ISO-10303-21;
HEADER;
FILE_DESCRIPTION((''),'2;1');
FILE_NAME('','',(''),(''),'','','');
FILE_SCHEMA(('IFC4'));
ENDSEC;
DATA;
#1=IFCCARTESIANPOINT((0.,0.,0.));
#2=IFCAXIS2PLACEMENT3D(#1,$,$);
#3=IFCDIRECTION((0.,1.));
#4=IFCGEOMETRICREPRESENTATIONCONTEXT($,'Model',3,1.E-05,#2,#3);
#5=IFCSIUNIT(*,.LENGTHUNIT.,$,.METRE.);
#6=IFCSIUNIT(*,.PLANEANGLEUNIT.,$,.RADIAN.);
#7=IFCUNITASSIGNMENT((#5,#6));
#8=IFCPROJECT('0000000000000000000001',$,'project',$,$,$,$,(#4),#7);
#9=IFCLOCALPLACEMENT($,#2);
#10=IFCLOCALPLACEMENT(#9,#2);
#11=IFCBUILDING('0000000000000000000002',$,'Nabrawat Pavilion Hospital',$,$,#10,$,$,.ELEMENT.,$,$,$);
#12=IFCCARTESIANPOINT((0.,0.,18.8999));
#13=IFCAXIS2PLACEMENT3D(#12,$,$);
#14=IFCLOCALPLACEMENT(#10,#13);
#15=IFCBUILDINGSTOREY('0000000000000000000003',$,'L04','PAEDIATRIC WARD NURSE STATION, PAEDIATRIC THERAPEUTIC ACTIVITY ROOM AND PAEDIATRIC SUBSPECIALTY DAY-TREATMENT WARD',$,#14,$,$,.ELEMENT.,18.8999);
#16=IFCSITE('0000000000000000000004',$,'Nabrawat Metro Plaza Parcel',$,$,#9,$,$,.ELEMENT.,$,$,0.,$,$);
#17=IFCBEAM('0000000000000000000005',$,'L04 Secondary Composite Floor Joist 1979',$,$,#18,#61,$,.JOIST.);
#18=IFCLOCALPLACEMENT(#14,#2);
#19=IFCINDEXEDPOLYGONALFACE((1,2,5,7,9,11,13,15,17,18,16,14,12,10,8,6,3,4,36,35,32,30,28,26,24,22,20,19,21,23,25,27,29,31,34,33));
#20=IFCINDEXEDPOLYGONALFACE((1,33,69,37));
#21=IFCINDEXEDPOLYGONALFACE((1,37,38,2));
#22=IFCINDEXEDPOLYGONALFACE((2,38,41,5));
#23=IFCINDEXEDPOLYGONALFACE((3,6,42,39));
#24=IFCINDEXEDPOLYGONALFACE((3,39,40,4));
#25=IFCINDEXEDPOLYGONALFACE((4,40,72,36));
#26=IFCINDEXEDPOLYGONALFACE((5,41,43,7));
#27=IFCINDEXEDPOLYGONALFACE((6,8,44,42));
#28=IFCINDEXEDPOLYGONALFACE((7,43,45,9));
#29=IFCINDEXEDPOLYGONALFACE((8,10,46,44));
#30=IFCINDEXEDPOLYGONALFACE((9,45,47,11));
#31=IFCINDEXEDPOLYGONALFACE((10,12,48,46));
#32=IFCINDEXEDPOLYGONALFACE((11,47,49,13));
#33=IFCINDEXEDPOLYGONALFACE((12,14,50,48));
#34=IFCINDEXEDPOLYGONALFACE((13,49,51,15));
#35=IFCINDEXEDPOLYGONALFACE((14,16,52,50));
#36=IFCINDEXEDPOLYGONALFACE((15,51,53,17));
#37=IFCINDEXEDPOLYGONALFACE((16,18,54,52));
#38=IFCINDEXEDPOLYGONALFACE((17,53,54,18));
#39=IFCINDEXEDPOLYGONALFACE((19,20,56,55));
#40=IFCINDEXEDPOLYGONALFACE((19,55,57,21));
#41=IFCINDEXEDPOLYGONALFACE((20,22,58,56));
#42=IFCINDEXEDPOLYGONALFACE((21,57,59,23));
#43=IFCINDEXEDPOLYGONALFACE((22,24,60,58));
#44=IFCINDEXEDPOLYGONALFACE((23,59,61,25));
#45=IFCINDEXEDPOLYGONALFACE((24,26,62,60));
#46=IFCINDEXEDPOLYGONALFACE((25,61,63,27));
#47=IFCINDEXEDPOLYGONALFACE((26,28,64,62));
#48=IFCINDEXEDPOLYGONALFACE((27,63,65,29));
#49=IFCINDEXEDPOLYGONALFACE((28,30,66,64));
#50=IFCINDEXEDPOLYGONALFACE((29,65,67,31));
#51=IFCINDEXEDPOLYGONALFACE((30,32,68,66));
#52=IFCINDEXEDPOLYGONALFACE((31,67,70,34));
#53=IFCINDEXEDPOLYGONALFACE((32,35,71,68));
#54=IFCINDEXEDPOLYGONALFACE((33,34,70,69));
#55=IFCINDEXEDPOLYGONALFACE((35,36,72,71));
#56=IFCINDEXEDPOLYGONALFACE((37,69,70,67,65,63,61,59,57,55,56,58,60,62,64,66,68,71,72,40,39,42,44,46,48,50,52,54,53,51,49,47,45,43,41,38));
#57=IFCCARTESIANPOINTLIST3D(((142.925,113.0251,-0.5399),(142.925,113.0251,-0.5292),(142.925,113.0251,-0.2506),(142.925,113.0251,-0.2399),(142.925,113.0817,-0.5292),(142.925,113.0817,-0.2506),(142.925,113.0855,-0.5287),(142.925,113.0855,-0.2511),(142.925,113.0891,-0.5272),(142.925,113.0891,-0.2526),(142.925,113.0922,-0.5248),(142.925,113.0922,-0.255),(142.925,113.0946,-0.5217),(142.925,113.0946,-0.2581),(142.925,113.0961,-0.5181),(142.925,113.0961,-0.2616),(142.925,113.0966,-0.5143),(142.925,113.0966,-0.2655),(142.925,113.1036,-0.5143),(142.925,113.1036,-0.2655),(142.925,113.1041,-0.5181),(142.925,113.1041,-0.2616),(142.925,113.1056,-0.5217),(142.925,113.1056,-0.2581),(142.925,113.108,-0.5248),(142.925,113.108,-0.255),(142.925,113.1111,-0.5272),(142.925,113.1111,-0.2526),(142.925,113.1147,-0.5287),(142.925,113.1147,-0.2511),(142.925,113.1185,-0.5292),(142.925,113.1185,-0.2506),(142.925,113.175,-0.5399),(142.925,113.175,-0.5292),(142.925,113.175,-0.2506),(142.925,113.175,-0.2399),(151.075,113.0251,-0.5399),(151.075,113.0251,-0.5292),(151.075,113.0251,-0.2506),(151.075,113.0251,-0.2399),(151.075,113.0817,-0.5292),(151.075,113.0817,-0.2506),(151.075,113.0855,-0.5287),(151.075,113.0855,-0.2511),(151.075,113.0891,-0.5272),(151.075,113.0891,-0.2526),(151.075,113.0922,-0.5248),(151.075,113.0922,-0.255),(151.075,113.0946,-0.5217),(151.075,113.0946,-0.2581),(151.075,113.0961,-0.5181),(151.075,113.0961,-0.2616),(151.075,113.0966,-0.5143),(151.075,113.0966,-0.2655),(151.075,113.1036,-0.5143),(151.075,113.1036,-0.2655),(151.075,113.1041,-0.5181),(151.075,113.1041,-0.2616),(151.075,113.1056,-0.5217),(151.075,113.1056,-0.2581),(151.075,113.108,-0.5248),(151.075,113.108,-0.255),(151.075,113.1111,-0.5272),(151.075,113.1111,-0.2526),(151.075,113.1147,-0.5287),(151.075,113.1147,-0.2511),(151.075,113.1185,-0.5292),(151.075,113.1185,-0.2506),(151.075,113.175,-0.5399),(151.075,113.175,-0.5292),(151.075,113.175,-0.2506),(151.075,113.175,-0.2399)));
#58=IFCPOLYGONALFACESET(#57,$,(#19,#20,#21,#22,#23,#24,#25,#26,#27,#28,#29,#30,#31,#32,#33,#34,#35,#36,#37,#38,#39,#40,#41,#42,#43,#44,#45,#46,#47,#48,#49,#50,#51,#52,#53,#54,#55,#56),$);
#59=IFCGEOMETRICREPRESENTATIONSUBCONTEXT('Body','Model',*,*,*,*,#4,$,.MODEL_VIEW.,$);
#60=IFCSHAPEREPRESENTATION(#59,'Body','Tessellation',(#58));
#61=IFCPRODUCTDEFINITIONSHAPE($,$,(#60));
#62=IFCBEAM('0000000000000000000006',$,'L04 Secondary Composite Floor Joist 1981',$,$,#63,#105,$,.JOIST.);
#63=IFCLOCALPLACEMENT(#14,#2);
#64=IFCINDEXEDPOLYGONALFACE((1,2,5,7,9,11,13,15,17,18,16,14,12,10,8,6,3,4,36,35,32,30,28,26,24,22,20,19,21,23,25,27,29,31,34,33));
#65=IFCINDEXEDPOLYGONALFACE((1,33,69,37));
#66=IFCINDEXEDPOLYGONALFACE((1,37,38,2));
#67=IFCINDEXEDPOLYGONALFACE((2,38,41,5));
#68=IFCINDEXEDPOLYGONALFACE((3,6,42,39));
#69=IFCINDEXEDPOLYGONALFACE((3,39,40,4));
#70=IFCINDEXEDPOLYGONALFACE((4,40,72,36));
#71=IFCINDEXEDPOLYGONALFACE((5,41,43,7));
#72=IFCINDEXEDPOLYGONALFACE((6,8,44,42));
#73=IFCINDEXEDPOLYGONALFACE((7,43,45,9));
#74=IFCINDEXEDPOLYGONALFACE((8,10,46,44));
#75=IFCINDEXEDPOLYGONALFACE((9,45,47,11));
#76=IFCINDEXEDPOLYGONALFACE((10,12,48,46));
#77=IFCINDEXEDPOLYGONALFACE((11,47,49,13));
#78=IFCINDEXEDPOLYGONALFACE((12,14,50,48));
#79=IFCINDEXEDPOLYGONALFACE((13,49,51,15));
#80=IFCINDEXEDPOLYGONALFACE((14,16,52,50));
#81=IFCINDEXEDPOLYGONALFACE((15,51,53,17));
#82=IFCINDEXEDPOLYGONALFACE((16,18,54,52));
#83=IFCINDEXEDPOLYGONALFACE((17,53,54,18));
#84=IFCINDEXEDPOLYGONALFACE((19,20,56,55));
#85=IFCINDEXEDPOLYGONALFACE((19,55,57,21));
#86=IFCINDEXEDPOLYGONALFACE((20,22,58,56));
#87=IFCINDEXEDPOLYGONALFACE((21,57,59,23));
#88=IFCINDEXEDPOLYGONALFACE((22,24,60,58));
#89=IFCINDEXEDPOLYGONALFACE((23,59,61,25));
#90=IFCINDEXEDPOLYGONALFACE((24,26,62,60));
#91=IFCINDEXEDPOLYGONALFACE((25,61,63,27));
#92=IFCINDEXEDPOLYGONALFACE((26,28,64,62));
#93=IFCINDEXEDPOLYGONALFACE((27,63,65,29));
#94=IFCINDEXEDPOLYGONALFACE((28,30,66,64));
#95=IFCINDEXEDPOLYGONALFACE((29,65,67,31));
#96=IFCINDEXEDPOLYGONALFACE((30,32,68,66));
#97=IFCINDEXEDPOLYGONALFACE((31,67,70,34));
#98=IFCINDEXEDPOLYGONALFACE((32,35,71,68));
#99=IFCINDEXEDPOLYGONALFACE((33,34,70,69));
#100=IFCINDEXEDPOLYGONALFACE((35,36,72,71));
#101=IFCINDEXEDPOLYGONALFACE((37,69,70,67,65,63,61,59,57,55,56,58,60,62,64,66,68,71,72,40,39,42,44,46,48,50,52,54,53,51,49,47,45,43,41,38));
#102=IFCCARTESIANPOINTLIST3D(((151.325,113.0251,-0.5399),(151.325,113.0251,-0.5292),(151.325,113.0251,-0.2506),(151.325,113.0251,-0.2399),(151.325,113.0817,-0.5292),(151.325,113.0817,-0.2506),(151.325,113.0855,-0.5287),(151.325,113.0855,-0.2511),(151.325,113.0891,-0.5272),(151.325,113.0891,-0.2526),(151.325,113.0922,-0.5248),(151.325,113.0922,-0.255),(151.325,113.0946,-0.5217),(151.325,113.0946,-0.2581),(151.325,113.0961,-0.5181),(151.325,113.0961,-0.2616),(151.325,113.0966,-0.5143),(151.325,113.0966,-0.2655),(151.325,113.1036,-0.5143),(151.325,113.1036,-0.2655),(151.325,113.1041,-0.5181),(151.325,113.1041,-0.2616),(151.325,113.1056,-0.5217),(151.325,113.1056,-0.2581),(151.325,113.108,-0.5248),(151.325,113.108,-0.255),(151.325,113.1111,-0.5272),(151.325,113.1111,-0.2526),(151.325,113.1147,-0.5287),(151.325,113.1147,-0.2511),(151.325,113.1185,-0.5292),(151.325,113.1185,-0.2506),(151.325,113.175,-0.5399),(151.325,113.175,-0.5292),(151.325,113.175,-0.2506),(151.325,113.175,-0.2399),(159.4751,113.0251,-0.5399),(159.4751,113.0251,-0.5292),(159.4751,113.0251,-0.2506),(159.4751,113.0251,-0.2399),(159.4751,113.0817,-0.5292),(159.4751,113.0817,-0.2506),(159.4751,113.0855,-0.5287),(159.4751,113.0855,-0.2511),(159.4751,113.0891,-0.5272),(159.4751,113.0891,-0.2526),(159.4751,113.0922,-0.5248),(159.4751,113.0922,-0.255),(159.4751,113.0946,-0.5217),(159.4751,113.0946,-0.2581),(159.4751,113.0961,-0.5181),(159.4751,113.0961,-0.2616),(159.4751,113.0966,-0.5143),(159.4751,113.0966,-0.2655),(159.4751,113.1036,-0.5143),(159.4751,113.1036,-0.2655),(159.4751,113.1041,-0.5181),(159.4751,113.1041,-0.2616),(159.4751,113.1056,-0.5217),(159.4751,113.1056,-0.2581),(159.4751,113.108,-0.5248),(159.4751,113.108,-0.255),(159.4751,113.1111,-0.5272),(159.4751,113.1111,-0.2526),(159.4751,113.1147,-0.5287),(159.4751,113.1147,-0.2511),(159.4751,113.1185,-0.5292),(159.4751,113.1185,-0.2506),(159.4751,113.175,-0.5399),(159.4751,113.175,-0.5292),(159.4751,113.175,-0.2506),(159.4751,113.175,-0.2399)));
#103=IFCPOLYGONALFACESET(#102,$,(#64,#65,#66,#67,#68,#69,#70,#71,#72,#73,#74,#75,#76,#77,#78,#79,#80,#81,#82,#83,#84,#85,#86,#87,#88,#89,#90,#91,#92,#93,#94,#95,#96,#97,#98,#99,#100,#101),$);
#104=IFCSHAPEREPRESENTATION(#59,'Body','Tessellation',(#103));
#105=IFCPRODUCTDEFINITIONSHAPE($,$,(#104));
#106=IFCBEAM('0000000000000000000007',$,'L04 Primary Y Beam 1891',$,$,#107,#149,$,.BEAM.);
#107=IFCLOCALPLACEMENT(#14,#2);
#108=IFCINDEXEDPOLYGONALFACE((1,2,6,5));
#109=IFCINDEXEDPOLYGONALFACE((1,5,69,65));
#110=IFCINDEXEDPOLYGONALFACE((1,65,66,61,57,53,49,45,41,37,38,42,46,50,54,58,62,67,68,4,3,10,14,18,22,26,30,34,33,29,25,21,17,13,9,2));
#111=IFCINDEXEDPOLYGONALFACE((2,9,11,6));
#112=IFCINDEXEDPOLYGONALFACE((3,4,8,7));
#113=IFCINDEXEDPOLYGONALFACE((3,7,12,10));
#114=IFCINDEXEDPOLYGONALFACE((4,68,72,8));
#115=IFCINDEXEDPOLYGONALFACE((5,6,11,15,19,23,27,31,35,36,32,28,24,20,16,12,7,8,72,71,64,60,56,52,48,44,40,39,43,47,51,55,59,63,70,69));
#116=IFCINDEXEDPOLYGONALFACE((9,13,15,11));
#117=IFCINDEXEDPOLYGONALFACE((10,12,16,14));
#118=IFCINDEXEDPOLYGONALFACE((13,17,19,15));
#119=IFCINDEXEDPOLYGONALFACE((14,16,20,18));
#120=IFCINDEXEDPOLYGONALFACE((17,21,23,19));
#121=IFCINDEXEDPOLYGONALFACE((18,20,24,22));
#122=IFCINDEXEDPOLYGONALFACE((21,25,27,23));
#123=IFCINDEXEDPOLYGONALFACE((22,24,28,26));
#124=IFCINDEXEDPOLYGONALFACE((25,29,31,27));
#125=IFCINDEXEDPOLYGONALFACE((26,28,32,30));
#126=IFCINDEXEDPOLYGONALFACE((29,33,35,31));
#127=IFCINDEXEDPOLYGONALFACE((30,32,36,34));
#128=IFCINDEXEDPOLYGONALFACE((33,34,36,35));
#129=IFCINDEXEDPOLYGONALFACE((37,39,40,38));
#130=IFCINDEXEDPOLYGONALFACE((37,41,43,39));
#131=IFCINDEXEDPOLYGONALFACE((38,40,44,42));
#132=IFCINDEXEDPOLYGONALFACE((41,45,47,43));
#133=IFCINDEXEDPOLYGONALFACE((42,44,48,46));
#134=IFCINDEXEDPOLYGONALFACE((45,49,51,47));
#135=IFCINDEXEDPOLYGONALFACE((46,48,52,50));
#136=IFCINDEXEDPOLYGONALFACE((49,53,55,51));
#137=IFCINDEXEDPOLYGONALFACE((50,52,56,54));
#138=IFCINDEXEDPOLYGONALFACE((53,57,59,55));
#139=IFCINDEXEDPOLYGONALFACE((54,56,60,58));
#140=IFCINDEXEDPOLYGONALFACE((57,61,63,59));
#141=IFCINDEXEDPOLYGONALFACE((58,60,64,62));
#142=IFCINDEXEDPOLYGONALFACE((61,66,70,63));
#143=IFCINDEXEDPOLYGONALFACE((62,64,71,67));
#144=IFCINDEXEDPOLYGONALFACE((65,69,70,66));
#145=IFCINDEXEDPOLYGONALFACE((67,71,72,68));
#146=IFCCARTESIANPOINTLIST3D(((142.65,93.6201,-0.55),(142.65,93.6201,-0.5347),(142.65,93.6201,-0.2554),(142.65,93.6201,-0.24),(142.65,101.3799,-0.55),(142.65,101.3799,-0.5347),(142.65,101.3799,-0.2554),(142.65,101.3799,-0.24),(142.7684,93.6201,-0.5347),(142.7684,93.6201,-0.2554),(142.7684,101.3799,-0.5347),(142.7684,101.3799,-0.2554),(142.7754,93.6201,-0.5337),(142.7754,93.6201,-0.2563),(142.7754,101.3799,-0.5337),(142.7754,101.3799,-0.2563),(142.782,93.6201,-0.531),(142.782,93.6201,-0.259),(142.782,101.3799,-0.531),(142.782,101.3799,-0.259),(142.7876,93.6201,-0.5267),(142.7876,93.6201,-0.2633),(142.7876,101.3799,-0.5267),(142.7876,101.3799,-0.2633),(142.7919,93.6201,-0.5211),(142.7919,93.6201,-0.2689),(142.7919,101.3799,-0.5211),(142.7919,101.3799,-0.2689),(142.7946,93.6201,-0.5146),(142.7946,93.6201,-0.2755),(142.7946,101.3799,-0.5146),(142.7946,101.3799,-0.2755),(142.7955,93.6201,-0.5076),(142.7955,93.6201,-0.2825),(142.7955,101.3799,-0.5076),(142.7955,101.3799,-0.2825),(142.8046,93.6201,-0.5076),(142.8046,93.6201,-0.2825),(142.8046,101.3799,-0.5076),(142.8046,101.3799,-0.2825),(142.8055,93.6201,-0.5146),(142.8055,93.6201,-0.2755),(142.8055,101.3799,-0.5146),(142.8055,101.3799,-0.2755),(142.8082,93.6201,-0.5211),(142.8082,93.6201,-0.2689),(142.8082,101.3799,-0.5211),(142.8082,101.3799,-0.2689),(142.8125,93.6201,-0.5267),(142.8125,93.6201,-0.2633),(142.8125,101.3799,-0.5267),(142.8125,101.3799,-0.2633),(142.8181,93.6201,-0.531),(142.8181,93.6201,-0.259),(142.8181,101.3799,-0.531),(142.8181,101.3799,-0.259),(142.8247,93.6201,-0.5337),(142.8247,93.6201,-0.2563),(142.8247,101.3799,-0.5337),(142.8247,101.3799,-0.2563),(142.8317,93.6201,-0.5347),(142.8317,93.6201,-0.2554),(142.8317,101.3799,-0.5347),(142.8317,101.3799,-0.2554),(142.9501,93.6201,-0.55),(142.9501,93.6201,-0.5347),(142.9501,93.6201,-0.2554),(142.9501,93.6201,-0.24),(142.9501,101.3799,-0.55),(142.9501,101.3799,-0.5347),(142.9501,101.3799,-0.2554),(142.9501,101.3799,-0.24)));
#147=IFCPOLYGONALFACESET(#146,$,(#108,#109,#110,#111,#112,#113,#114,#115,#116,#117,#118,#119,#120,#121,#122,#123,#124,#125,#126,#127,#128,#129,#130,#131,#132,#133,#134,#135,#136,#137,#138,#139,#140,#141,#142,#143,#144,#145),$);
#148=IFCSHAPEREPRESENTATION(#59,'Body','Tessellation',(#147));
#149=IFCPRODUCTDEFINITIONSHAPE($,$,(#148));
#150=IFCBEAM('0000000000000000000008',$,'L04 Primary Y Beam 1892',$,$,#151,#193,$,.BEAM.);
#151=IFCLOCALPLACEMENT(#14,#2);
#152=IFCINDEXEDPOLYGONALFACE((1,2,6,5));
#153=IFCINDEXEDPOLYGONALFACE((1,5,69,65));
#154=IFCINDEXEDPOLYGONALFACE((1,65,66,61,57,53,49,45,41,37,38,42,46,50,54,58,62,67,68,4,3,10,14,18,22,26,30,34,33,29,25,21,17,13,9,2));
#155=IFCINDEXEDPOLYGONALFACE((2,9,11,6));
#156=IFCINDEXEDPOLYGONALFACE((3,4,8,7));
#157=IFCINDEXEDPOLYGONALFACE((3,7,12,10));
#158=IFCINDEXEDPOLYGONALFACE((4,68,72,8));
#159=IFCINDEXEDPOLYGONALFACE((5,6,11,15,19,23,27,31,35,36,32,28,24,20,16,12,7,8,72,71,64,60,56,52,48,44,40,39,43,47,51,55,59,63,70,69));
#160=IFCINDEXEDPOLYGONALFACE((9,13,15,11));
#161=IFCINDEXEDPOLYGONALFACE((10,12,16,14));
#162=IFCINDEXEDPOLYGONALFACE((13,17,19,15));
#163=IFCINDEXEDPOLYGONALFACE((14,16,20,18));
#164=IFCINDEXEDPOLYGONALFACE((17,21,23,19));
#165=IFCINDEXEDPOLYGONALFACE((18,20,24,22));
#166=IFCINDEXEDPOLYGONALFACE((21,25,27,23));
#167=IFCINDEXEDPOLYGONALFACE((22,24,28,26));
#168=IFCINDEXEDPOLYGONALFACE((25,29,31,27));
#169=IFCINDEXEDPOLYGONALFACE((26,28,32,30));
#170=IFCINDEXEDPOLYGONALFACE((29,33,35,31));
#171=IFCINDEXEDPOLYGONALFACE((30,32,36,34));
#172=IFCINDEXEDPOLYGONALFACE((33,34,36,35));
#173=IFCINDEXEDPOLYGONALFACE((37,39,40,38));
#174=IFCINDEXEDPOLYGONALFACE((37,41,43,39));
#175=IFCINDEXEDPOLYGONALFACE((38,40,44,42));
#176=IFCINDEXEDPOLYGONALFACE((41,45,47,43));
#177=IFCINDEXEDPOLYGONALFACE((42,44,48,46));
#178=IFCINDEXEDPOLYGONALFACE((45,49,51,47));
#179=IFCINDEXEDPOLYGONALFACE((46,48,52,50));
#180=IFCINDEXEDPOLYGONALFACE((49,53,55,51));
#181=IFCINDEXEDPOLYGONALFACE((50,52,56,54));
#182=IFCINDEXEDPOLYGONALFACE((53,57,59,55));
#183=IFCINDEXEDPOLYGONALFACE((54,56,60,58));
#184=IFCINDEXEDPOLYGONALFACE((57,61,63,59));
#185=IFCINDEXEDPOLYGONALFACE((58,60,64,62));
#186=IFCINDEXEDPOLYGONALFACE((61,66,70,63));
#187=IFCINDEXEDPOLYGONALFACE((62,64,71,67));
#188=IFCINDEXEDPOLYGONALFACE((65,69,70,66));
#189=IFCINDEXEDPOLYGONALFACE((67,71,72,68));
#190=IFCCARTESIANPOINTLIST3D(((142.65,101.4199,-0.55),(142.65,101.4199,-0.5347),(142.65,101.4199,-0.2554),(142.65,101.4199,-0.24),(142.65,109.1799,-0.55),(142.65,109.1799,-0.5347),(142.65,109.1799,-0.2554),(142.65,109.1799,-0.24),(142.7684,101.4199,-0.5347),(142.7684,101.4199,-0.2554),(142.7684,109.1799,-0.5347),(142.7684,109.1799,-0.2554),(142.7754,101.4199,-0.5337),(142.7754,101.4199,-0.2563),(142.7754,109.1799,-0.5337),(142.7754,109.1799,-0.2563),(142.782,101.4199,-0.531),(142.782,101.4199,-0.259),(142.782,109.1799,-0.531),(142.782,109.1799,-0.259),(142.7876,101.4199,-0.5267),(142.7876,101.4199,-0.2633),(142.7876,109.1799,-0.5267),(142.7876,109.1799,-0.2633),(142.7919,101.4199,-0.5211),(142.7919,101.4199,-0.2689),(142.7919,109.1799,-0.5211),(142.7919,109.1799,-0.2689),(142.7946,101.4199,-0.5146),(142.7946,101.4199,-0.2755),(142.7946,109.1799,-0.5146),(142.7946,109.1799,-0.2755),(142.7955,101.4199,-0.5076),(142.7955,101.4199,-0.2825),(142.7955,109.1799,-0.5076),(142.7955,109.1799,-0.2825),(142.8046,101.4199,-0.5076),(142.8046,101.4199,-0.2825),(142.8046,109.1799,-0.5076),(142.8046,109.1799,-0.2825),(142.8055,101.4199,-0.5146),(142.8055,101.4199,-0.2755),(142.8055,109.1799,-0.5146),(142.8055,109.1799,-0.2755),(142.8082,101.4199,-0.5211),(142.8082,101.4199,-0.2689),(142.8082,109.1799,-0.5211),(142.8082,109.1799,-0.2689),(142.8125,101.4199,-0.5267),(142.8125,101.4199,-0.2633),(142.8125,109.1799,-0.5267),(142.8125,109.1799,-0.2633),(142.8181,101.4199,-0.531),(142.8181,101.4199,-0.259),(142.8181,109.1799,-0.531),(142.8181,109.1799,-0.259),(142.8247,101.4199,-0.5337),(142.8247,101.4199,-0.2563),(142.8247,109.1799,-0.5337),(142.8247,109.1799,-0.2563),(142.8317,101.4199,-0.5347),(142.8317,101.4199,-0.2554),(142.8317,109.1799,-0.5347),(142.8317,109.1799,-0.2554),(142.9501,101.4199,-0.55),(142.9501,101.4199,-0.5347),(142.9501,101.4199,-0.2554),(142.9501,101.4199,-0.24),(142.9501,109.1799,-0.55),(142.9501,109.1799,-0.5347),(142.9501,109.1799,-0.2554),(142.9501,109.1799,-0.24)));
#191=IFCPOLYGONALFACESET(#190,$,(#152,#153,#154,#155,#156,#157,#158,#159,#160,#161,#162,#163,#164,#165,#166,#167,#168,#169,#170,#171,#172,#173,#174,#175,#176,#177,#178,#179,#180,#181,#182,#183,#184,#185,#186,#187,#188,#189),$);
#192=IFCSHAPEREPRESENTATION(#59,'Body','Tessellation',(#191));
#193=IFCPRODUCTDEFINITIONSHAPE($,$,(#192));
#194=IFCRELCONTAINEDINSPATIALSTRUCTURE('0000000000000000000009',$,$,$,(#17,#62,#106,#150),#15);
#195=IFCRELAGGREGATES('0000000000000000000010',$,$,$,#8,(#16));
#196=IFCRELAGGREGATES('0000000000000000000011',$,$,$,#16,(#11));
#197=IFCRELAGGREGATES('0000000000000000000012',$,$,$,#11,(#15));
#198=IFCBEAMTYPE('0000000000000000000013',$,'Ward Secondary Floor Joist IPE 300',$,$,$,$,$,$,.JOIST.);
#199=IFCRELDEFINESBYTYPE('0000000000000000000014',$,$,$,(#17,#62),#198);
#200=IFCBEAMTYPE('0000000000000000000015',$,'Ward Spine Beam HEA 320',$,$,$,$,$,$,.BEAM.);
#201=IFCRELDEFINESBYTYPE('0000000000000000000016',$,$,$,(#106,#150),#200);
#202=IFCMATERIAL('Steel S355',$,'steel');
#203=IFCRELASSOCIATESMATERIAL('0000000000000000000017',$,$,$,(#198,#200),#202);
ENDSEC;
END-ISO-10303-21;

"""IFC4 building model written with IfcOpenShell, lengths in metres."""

from ifc_helpers import new_model, si_unit, direction, frame, origin, origin_2d, place, context, subcontext, project, spatial, i_section, extrude, material, material_profile, profile_set, type_object, element, save


model = new_model("IFC4")

# Units and contexts
model_context = context("Model", 3, precision=1e-05, world=origin(), true_north=direction((0.0, 1.0)))
body_context = subcontext(model_context, "Body", "Model", "MODEL_VIEW")
ifc_project = project(units=[si_unit("LENGTHUNIT", "METRE"), si_unit("PLANEANGLEUNIT", "RADIAN")], contexts=[model_context])

# Site, building, storey
site_placement = place(None, origin())
site = spatial("IfcSite", under=ifc_project, at=site_placement, Name="Nabrawat Metro Plaza Parcel", CompositionType="ELEMENT", RefElevation=0.0)
building_placement = place(site_placement, origin())
building = spatial("IfcBuilding", under=site, at=building_placement, Name="Nabrawat Pavilion Hospital", CompositionType="ELEMENT")
storey_placement = place(building_placement, frame((0.0, 0.0, 18.8999)))
storey = spatial("IfcBuildingStorey", under=building, at=storey_placement, Name="L04", Description="PAEDIATRIC WARD NURSE STATION, PAEDIATRIC THERAPEUTIC ACTIVITY ROOM AND PAEDIATRIC SUBSPECIALTY DAY-TREATMENT WARD", CompositionType="ELEMENT", Elevation=18.8999)

# Shared definitions
ifc_material_1 = material(Name="Steel S355", Category="steel")

# Beams
ifc_material_profile_1 = material_profile(ifc_material_1, i_section(OverallWidth=0.1499, OverallDepth=0.3, WebThickness=0.0071, FlangeThickness=0.0107, FilletRadius=0.0149, at=origin_2d()), Name="IPE 300")
ifc_profile_set_1 = profile_set([ifc_material_profile_1], Name="Steel S355")
beam_type_1 = type_object("IfcBeamType", Name="Ward Secondary Floor Joist IPE 300", PredefinedType="JOIST", material=ifc_profile_set_1)
beam_1_placement = place(storey_placement, frame((142.925, 113.1001, -0.3899), z_axis=(1.0, 0.0, 0.0), x_axis=(0.0, 1.0, 0.0)))
element("IfcBeam", 1, at=beam_1_placement, inside=storey, type_object=beam_type_1, Name="L04 Secondary Composite Floor Joist 1979", PredefinedType="JOIST", context=body_context, shape_type="SweptSolid", body=[
    extrude(i_section(OverallWidth=0.1499, OverallDepth=0.3, WebThickness=0.0071, FlangeThickness=0.0107, FilletRadius=0.0149, at=origin_2d()), origin(), (0.0, 0.0, 1.0), 8.1499),
])
beam_2_placement = place(storey_placement, frame((151.325, 113.1001, -0.3899), z_axis=(1.0, 0.0, 0.0), x_axis=(0.0, 1.0, 0.0)))
element("IfcBeam", 2, at=beam_2_placement, inside=storey, type_object=beam_type_1, Name="L04 Secondary Composite Floor Joist 1981", PredefinedType="JOIST", context=body_context, shape_type="SweptSolid", body=[
    extrude(i_section(OverallWidth=0.1499, OverallDepth=0.3, WebThickness=0.0071, FlangeThickness=0.0107, FilletRadius=0.0149, at=origin_2d()), origin(), (0.0, 0.0, 1.0), 8.1501),
])
ifc_material_profile_2 = material_profile(ifc_material_1, i_section(OverallWidth=0.3, OverallDepth=0.3101, WebThickness=0.009, FlangeThickness=0.0154, FilletRadius=0.0271, at=origin_2d()), Name="HEA 320")
ifc_profile_set_2 = profile_set([ifc_material_profile_2], Name="Steel S355")
beam_type_2 = type_object("IfcBeamType", Name="Ward Spine Beam HEA 320", PredefinedType="BEAM", material=ifc_profile_set_2)
beam_3_placement = place(storey_placement, frame((142.8, 93.6201, -0.395), z_axis=(0.0, 1.0, 0.0), x_axis=(-1.0, 0.0, 0.0)))
element("IfcBeam", 3, at=beam_3_placement, inside=storey, type_object=beam_type_2, Name="L04 Primary Y Beam 1891", PredefinedType="BEAM", context=body_context, shape_type="SweptSolid", body=[
    extrude(i_section(OverallWidth=0.3, OverallDepth=0.3101, WebThickness=0.009, FlangeThickness=0.0154, FilletRadius=0.0271, at=origin_2d()), origin(), (0.0, 0.0, 1.0), 7.7598),
])
for number, where, z_axis, x_axis, name in (
    (4, (142.8, 101.4199, -0.395), (0.0, 1.0, 0.0), (-1.0, 0.0, 0.0), "L04 Primary Y Beam 1892"),
):
    element("IfcBeam", number, at=place(storey_placement, frame(where, z_axis=z_axis, x_axis=x_axis)), inside=storey, type_object=beam_type_2, Name=name, PredefinedType="BEAM", context=body_context, shape_type="SweptSolid", body=[
        extrude(i_section(OverallWidth=0.3, OverallDepth=0.3101, WebThickness=0.009, FlangeThickness=0.0154, FilletRadius=0.0271, at=origin_2d()), origin(), (0.0, 0.0, 1.0), 7.76),
    ])

save(model, "model.ifc")
